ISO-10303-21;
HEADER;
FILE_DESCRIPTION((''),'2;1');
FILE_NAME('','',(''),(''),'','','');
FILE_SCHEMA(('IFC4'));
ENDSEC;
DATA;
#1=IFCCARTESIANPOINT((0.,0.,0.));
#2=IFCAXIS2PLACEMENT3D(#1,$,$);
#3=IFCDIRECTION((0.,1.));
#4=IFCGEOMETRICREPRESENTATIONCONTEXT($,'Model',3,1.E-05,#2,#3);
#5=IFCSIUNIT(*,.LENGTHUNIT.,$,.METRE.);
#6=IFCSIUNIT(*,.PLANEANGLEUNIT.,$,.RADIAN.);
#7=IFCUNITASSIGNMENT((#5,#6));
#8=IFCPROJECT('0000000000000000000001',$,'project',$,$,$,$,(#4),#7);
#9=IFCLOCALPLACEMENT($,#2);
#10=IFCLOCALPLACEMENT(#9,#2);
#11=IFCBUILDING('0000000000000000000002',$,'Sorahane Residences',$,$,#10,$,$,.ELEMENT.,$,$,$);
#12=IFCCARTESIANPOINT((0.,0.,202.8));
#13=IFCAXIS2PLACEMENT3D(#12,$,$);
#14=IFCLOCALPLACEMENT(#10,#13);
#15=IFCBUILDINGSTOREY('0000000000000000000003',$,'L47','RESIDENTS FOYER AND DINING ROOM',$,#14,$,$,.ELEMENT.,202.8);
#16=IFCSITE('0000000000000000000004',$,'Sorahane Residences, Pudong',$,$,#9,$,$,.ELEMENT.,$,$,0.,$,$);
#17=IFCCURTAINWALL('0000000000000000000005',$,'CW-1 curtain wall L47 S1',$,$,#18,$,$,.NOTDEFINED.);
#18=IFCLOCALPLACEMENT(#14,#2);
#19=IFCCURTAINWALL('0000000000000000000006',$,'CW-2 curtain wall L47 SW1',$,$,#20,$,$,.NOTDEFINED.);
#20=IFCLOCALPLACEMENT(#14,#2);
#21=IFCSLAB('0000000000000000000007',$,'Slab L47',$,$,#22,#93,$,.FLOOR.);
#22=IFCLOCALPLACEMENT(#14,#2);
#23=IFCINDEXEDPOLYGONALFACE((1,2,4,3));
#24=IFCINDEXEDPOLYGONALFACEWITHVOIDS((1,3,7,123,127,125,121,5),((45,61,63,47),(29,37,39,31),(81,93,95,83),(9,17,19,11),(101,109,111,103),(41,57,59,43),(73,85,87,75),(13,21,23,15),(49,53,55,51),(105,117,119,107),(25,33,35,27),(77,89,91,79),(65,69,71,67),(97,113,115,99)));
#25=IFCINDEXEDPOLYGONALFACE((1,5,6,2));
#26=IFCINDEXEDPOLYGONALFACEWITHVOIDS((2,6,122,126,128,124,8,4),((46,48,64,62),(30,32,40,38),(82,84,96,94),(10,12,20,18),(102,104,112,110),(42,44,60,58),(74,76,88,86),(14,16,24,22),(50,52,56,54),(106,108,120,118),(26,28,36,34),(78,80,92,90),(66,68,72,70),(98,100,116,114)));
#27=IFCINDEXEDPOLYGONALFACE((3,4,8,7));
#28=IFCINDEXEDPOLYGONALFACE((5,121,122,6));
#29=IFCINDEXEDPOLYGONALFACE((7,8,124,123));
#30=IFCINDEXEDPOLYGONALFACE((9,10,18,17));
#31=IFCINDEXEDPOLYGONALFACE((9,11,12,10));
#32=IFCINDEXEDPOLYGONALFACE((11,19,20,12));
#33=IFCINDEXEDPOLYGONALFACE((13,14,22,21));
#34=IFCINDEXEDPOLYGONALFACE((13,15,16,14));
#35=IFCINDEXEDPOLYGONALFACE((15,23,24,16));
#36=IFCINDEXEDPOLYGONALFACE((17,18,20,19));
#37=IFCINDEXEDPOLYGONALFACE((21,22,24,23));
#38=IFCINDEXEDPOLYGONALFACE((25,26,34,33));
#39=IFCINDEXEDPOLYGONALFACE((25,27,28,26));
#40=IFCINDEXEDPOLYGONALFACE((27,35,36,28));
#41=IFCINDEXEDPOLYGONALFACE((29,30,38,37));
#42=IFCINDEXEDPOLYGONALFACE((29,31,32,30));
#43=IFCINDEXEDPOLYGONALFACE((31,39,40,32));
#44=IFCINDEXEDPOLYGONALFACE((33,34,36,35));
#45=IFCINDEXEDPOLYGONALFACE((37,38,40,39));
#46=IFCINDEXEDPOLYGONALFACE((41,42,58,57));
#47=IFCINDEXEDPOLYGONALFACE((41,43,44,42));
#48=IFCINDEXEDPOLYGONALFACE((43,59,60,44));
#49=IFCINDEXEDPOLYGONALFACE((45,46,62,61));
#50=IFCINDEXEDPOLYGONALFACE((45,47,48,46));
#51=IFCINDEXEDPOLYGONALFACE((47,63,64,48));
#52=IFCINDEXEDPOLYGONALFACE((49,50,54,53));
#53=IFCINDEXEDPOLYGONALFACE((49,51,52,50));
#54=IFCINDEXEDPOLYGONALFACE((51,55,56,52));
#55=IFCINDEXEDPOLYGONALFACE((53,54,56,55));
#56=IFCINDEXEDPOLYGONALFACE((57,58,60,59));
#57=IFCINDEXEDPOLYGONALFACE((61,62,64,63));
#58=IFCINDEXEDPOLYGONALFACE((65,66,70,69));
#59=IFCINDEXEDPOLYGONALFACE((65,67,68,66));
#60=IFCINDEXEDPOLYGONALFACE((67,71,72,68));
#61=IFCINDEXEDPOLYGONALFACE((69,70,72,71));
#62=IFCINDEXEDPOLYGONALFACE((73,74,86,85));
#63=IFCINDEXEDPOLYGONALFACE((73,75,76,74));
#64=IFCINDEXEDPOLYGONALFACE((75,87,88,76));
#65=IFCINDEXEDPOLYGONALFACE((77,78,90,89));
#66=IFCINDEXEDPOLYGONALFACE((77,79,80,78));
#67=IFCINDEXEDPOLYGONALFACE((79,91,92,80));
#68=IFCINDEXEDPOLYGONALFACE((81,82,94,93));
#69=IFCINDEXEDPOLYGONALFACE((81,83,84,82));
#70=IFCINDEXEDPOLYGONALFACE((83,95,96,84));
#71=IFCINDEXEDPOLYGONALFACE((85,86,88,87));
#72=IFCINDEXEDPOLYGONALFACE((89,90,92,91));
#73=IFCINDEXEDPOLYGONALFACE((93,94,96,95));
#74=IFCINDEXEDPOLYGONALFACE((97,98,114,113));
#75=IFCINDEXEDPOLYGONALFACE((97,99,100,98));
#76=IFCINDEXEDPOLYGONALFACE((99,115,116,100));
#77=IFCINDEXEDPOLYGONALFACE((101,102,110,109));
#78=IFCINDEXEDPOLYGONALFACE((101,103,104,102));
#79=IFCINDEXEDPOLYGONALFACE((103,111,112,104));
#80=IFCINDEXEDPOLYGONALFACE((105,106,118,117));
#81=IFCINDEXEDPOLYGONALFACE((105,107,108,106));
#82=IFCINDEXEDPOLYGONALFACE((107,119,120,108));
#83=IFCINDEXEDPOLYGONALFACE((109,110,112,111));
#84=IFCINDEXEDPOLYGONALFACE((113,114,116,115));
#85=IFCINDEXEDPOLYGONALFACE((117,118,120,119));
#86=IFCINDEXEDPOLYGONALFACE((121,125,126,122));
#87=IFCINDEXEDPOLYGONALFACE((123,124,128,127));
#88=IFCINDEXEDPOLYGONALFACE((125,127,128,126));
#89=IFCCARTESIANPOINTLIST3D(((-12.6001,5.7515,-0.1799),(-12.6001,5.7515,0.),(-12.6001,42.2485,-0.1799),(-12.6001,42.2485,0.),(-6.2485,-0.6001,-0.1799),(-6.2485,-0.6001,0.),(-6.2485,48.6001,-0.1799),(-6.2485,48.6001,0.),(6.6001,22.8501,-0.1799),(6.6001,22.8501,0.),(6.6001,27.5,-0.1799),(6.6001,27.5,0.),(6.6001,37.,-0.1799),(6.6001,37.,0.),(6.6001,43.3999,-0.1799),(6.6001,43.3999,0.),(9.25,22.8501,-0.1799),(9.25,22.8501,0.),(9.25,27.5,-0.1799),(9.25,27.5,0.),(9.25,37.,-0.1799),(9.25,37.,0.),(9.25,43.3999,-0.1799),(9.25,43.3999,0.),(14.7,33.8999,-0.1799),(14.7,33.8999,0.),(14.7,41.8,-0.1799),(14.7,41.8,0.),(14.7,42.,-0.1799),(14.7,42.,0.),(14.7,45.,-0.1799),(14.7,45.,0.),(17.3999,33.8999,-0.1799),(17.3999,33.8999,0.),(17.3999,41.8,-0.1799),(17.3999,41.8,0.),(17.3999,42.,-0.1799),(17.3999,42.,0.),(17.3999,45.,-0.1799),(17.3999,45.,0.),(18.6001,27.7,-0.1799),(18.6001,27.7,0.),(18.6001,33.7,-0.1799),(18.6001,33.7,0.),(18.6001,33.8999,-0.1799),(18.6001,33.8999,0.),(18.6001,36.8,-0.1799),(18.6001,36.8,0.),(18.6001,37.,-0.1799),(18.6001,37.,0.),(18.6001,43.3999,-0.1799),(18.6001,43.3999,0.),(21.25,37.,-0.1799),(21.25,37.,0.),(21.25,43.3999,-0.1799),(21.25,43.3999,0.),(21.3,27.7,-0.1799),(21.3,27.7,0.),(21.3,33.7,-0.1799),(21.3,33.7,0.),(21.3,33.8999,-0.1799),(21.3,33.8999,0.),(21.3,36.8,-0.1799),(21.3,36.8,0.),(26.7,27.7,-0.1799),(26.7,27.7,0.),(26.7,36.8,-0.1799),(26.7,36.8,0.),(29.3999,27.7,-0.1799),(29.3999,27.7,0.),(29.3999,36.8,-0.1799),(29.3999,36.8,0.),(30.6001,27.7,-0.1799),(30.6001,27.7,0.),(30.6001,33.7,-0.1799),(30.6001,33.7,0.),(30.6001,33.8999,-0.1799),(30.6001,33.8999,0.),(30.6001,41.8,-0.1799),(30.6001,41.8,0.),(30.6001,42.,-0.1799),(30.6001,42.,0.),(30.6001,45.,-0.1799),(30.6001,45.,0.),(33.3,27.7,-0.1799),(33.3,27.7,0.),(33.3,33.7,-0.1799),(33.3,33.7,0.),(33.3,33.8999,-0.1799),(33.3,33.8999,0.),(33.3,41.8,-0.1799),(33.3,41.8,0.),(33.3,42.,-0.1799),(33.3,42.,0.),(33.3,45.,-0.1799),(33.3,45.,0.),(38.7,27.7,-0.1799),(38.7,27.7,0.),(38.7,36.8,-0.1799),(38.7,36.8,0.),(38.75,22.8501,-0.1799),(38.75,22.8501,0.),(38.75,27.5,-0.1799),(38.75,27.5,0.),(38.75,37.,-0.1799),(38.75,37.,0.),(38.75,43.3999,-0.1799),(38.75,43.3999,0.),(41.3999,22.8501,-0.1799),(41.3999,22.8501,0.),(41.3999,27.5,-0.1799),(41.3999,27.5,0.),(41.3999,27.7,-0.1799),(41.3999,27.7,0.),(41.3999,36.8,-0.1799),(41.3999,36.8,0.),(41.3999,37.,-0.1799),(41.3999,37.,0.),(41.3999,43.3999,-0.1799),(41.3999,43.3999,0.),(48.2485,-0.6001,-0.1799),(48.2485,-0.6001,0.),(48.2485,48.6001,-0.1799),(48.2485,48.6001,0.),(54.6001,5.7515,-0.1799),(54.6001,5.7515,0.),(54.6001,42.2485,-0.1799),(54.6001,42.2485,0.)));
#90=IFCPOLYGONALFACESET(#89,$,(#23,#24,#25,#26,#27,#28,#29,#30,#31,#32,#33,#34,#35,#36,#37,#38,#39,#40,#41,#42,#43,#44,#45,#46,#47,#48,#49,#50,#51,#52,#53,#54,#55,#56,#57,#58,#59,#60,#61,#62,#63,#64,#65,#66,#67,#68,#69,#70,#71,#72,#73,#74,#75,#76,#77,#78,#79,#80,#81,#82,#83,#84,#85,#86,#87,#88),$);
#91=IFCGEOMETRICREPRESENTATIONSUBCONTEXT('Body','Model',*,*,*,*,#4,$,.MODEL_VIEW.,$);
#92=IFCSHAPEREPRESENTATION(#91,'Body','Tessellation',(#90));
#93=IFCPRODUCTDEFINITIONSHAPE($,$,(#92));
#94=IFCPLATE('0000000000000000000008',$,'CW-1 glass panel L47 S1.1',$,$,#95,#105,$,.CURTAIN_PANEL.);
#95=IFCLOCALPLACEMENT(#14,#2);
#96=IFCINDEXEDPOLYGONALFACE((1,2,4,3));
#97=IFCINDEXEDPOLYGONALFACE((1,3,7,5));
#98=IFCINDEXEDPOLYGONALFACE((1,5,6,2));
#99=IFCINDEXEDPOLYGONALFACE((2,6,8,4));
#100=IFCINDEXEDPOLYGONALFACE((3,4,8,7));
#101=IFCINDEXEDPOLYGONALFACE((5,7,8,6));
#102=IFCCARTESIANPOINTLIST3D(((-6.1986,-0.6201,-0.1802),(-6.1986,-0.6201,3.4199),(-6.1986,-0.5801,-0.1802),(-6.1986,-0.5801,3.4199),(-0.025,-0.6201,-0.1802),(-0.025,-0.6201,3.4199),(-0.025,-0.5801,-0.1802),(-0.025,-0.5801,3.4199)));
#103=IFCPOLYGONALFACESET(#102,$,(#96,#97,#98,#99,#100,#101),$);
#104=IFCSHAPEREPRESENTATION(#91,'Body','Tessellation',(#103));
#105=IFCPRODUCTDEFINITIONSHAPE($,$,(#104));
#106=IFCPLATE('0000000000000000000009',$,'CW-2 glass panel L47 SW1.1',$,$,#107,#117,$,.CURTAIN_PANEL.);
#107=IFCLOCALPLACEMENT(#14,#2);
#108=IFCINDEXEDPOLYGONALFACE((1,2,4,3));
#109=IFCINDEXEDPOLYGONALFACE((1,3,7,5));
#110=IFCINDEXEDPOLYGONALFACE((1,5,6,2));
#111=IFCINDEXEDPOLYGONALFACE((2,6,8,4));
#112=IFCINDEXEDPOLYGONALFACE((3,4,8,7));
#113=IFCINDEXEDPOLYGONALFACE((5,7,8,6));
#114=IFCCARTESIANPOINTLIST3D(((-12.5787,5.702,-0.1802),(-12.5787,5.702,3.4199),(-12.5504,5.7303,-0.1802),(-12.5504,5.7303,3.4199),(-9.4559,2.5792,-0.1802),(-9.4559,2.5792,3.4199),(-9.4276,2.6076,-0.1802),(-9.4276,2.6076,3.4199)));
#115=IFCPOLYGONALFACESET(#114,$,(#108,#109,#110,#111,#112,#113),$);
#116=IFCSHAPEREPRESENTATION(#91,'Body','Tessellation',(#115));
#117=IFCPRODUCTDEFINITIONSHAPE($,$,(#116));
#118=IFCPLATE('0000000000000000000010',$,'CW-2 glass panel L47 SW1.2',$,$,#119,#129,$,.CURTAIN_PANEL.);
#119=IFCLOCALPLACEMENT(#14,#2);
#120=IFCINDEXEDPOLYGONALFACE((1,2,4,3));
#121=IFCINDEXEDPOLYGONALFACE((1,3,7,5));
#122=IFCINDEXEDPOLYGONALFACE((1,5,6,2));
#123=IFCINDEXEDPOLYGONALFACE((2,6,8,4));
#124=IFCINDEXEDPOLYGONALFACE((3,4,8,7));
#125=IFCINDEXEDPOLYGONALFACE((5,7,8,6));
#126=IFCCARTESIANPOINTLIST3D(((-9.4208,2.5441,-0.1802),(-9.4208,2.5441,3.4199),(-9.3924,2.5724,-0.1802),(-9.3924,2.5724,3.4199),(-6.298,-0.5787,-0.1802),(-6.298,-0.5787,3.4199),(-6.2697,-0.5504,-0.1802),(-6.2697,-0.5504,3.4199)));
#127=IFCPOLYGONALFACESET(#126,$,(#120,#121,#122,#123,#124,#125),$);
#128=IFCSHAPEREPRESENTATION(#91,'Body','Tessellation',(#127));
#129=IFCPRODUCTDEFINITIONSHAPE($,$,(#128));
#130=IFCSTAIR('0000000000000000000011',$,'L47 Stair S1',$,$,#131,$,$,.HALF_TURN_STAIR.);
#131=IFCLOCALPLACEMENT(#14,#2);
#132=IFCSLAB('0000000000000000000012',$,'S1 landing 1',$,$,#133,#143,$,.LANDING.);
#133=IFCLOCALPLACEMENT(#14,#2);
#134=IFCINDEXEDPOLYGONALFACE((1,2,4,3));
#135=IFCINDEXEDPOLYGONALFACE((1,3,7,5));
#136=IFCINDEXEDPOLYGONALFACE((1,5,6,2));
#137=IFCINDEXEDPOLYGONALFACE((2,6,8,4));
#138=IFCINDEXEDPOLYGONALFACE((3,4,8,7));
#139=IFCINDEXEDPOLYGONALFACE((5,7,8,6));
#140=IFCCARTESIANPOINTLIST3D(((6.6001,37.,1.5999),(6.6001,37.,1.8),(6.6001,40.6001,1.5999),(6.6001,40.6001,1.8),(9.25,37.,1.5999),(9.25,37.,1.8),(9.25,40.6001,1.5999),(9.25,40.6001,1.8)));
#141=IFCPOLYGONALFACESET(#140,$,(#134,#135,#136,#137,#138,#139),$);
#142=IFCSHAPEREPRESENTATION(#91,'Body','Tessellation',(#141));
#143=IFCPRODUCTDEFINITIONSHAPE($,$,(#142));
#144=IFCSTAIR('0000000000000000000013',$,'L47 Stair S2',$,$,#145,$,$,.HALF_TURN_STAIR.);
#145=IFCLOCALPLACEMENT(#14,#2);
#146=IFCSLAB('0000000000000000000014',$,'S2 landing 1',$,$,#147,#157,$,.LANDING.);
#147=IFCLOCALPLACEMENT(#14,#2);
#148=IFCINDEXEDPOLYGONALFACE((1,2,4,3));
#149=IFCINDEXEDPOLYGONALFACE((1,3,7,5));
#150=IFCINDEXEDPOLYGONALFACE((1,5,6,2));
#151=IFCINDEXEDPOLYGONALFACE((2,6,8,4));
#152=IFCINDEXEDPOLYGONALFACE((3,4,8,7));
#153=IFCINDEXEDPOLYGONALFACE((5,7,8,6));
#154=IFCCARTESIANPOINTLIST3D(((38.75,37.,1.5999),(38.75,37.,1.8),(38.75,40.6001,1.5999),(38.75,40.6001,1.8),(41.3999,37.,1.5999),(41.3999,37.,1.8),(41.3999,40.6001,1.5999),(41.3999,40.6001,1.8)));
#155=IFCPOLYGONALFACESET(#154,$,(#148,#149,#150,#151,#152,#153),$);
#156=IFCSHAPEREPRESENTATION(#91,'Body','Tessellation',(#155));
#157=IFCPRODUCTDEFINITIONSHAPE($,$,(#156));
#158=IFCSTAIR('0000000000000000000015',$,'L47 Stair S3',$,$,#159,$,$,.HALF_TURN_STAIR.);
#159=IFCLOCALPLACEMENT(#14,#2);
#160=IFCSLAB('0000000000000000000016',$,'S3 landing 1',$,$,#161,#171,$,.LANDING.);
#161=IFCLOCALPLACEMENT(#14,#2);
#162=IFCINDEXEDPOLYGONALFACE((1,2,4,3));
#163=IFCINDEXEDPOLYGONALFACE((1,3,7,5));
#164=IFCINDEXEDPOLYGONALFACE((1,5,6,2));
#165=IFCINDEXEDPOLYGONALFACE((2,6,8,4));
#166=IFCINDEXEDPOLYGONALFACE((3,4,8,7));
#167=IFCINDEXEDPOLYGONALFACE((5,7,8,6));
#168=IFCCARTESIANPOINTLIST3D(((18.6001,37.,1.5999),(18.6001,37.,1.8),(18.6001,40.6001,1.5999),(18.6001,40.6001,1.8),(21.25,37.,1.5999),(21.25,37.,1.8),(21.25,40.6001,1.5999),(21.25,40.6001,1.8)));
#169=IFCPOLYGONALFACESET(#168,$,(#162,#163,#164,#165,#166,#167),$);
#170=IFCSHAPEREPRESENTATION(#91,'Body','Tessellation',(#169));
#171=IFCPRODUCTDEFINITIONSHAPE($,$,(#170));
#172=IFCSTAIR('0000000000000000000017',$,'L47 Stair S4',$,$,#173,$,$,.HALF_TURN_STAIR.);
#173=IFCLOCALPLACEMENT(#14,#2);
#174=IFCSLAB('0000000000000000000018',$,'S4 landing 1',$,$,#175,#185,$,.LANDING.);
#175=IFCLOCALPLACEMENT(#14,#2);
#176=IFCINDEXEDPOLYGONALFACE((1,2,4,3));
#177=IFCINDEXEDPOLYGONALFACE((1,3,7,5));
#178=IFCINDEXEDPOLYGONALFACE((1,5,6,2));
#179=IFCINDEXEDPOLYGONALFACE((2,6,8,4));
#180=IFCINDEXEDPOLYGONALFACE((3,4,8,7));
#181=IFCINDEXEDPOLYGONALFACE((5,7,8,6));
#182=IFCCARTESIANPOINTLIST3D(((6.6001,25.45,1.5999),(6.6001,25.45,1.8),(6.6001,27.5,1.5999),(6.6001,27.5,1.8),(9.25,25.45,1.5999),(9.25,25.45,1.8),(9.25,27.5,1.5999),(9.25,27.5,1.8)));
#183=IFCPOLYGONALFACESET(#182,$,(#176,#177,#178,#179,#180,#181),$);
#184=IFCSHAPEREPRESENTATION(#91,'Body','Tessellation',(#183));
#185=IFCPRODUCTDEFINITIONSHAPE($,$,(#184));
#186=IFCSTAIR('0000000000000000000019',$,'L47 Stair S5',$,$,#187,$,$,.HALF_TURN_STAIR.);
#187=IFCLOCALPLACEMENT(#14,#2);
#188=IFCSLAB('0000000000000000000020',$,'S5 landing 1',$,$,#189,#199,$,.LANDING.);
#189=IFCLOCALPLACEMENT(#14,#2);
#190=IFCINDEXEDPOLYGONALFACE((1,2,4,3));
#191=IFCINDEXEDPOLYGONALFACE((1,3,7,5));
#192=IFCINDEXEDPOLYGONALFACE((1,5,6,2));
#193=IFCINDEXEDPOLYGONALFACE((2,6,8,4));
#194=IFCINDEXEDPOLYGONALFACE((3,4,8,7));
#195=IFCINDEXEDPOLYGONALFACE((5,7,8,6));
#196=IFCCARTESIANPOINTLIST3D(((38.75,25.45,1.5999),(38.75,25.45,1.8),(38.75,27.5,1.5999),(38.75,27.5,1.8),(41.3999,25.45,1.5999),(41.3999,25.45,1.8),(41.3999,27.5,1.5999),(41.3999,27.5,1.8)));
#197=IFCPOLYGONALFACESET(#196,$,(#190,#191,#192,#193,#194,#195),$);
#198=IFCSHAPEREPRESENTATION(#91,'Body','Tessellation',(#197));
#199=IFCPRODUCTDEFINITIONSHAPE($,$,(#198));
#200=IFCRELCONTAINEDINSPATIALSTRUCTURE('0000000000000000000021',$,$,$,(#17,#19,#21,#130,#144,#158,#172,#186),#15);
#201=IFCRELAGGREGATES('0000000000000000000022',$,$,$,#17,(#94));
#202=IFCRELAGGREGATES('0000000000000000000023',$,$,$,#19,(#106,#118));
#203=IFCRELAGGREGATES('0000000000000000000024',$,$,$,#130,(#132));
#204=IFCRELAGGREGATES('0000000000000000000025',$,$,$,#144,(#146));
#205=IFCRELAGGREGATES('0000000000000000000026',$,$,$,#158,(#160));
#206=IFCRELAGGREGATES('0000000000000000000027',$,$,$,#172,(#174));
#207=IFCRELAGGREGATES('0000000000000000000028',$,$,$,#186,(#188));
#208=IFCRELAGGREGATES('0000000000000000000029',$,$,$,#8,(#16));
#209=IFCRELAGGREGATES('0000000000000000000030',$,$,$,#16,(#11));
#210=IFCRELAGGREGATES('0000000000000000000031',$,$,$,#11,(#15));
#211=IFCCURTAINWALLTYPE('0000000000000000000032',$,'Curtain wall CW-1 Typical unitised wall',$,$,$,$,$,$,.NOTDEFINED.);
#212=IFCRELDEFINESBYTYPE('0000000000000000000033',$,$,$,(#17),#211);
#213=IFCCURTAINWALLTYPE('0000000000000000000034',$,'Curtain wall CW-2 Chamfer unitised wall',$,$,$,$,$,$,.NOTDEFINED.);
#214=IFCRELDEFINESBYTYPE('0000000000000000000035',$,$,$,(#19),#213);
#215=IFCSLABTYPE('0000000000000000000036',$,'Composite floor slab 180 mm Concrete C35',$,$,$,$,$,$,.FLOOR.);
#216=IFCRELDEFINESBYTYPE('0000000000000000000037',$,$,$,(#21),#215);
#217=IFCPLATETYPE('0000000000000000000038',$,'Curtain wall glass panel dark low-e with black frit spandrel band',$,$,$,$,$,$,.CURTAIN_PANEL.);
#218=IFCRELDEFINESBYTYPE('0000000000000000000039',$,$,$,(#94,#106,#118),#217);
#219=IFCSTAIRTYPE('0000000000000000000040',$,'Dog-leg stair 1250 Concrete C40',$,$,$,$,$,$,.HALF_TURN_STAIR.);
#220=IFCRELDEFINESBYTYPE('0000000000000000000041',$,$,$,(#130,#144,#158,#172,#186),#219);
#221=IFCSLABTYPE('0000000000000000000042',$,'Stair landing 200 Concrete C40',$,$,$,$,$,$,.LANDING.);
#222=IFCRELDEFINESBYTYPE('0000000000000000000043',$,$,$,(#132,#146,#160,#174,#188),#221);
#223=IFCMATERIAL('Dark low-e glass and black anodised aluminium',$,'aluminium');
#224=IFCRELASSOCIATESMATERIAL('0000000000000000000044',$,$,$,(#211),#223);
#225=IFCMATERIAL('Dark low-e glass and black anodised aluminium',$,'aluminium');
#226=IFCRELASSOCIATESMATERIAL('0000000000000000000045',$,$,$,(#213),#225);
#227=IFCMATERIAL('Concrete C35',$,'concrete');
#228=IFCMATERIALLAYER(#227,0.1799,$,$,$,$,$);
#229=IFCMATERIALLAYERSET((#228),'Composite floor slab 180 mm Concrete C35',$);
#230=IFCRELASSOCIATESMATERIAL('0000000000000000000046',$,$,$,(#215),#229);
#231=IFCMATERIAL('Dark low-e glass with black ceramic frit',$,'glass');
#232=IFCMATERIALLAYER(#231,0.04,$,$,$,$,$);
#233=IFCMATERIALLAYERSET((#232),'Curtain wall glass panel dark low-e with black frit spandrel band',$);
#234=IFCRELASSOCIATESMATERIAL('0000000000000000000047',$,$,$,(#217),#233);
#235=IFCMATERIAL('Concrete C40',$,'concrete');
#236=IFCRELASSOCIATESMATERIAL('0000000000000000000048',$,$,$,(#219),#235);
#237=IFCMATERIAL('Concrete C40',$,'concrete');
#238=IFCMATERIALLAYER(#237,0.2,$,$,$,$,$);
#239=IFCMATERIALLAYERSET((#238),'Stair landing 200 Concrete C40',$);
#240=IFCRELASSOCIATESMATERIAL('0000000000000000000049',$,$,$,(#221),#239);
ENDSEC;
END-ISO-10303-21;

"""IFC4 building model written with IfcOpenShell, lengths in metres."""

from ifc_helpers import new_model, si_unit, direction, frame, origin, origin_2d, place, context, subcontext, project, spatial, polyline, rectangle, outline, extrude, material, layer, layer_set, type_object, element, aggregate, save


model = new_model("IFC4")

# Units and contexts
model_context = context("Model", 3, precision=1e-05, world=origin(), true_north=direction((0.0, 1.0)))
body_context = subcontext(model_context, "Body", "Model", "MODEL_VIEW")
ifc_project = project(units=[si_unit("LENGTHUNIT", "METRE"), si_unit("PLANEANGLEUNIT", "RADIAN")], contexts=[model_context])

# Site, building, storey
site_placement = place(None, origin())
site = spatial("IfcSite", under=ifc_project, at=site_placement, Name="Sorahane Residences, Pudong", CompositionType="ELEMENT", RefElevation=0.0)
building_placement = place(site_placement, origin())
building = spatial("IfcBuilding", under=site, at=building_placement, Name="Sorahane Residences", CompositionType="ELEMENT")
storey_placement = place(building_placement, frame((0.0, 0.0, 202.8)))
storey = spatial("IfcBuildingStorey", under=building, at=storey_placement, Name="L47", Description="RESIDENTS FOYER AND DINING ROOM", CompositionType="ELEMENT", Elevation=202.8)

# Curtain wall
ifc_material_1 = material(Name="Dark low-e glass and black anodised aluminium", Category="aluminium")
curtain_wall_type_1 = type_object("IfcCurtainWallType", Name="Curtain wall CW-1 Typical unitised wall", PredefinedType="NOTDEFINED", material=ifc_material_1)
curtain_wall_1_placement = place(storey_placement, origin())
curtain_wall_1 = element("IfcCurtainWall", 1, at=curtain_wall_1_placement, inside=storey, type_object=curtain_wall_type_1, Name="CW-1 curtain wall L47 S1", PredefinedType="NOTDEFINED")

# Curtain wall
ifc_material_2 = material(Name="Dark low-e glass and black anodised aluminium", Category="aluminium")
curtain_wall_type_2 = type_object("IfcCurtainWallType", Name="Curtain wall CW-2 Chamfer unitised wall", PredefinedType="NOTDEFINED", material=ifc_material_2)
curtain_wall_2_placement = place(storey_placement, origin())
curtain_wall_2 = element("IfcCurtainWall", 2, at=curtain_wall_2_placement, inside=storey, type_object=curtain_wall_type_2, Name="CW-2 curtain wall L47 SW1", PredefinedType="NOTDEFINED")

# Slab
ifc_material_3 = material(Name="Concrete C35", Category="concrete")
ifc_layer_1 = layer(ifc_material_3, 0.1799)
ifc_layer_set_1 = layer_set([ifc_layer_1], Name="Composite floor slab 180 mm Concrete C35")
slab_type_1 = type_object("IfcSlabType", Name="Composite floor slab 180 mm Concrete C35", PredefinedType="FLOOR", material=ifc_layer_set_1)
slab_1_placement = place(storey_placement, frame((0.0, 0.0, -0.1799)))
element("IfcSlab", 3, at=slab_1_placement, inside=storey, type_object=slab_type_1, Name="Slab L47", PredefinedType="FLOOR", context=body_context, shape_type="SweptSolid", body=[
    extrude(outline(polyline([(-6.2485, -0.6001), (-12.6001, 5.7515), (-12.6001, 42.2485), (-6.2485, 48.6001), (48.2485, 48.6001), (54.6001, 42.2485), (54.6001, 5.7515), (48.2485, -0.6001), (-6.2485, -0.6001)]), holes=[polyline([(18.6001, 27.7), (21.3, 27.7), (21.3, 33.7), (18.6001, 33.7), (18.6001, 27.7)]), polyline([(38.7, 27.7), (41.3999, 27.7), (41.3999, 36.8), (38.7, 36.8), (38.7, 27.7)]), polyline([(30.6001, 27.7), (33.3, 27.7), (33.3, 33.7), (30.6001, 33.7), (30.6001, 27.7)]), polyline([(30.6001, 42.0), (33.3, 42.0), (33.3, 45.0), (30.6001, 45.0), (30.6001, 42.0)]), polyline([(14.7, 42.0), (17.3999, 42.0), (17.3999, 45.0), (14.7, 45.0), (14.7, 42.0)]), polyline([(6.6001, 43.3999), (6.6001, 37.0), (9.25, 37.0), (9.25, 43.3999), (6.6001, 43.3999)]), polyline([(38.75, 43.3999), (38.75, 37.0), (41.3999, 37.0), (41.3999, 43.3999), (38.75, 43.3999)]), polyline([(18.6001, 43.3999), (18.6001, 37.0), (21.25, 37.0), (21.25, 43.3999), (18.6001, 43.3999)]), polyline([(9.25, 22.8501), (9.25, 27.5), (6.6001, 27.5), (6.6001, 22.8501), (9.25, 22.8501)]), polyline([(41.3999, 22.8501), (41.3999, 27.5), (38.75, 27.5), (38.75, 22.8501), (41.3999, 22.8501)]), polyline([(14.7, 33.8999), (17.3999, 33.8999), (17.3999, 41.8), (14.7, 41.8), (14.7, 33.8999)]), polyline([(30.6001, 33.8999), (33.3, 33.8999), (33.3, 41.8), (30.6001, 41.8), (30.6001, 33.8999)]), polyline([(18.6001, 33.8999), (21.3, 33.8999), (21.3, 36.8), (18.6001, 36.8), (18.6001, 33.8999)]), polyline([(26.7, 27.7), (29.3999, 27.7), (29.3999, 36.8), (26.7, 36.8), (26.7, 27.7)])]), origin(), (0.0, 0.0, 1.0), 0.1799),
])

# Plates
ifc_material_4 = material(Name="Dark low-e glass with black ceramic frit", Category="glass")
ifc_layer_2 = layer(ifc_material_4, 0.04)
ifc_layer_set_2 = layer_set([ifc_layer_2], Name="Curtain wall glass panel dark low-e with black frit spandrel band")
plate_type = type_object("IfcPlateType", Name="Curtain wall glass panel dark low-e with black frit spandrel band", PredefinedType="CURTAIN_PANEL", material=ifc_layer_set_2)
plate_1_placement = place(storey_placement, frame((-3.1118, -0.6001, -0.1802), z_axis=(0.0, 0.0, 1.0), x_axis=(1.0, 0.0, 0.0)))
plate_1 = element("IfcPlate", 4, at=plate_1_placement, type_object=plate_type, Name="CW-1 glass panel L47 S1.1", PredefinedType="CURTAIN_PANEL", context=body_context, shape_type="SweptSolid", body=[
    extrude(rectangle(XDim=6.1736, YDim=0.04, at=origin_2d()), origin(), (0.0, 0.0, 1.0), 3.6001),
])
aggregate(curtain_wall_1, [plate_1])
plate_2_placement = place(storey_placement, frame((-11.0032, 4.1548, -0.1802), z_axis=(0.0, 0.0, 1.0), x_axis=(0.707107, -0.707107, 0.0)))
plate_2 = element("IfcPlate", 5, at=plate_2_placement, type_object=plate_type, Name="CW-2 glass panel L47 SW1.1", PredefinedType="CURTAIN_PANEL", context=body_context, shape_type="SweptSolid", body=[
    extrude(rectangle(XDim=4.4163, YDim=0.04, at=origin_2d()), origin(), (0.0, 0.0, 1.0), 3.6001),
])
plate_3_placement = place(storey_placement, frame((-7.8452, 0.9968, -0.1802), z_axis=(0.0, 0.0, 1.0), x_axis=(0.707107, -0.707107, 0.0)))
plate_3 = element("IfcPlate", 6, at=plate_3_placement, type_object=plate_type, Name="CW-2 glass panel L47 SW1.2", PredefinedType="CURTAIN_PANEL", context=body_context, shape_type="SweptSolid", body=[
    extrude(rectangle(XDim=4.4163, YDim=0.04, at=origin_2d()), origin(), (0.0, 0.0, 1.0), 3.6001),
])
aggregate(curtain_wall_2, [plate_2, plate_3])

# Stairs, slabs
ifc_material_5 = material(Name="Concrete C40", Category="concrete")
stair_type = type_object("IfcStairType", Name="Dog-leg stair 1250 Concrete C40", PredefinedType="HALF_TURN_STAIR", material=ifc_material_5)
stair_1_placement = place(storey_placement, origin())
stair_1 = element("IfcStair", 7, at=stair_1_placement, inside=storey, type_object=stair_type, Name="L47 Stair S1", PredefinedType="HALF_TURN_STAIR")
ifc_material_6 = material(Name="Concrete C40", Category="concrete")
ifc_layer_3 = layer(ifc_material_6, 0.2)
ifc_layer_set_3 = layer_set([ifc_layer_3], Name="Stair landing 200 Concrete C40")
slab_type_2 = type_object("IfcSlabType", Name="Stair landing 200 Concrete C40", PredefinedType="LANDING", material=ifc_layer_set_3)
slab_2_placement = place(storey_placement, frame((0.0, 0.0, 1.5999)))
slab_2 = element("IfcSlab", 8, at=slab_2_placement, type_object=slab_type_2, Name="S1 landing 1", PredefinedType="LANDING", context=body_context, shape_type="SweptSolid", body=[
    extrude(outline(polyline([(6.6001, 40.6001), (6.6001, 37.0), (9.25, 37.0), (9.25, 40.6001), (6.6001, 40.6001)])), origin(), (0.0, 0.0, 1.0), 0.2002),
])
aggregate(stair_1, [slab_2])
stair_2_placement = place(storey_placement, origin())
stair_2 = element("IfcStair", 9, at=stair_2_placement, inside=storey, type_object=stair_type, Name="L47 Stair S2", PredefinedType="HALF_TURN_STAIR")
slab_3_placement = place(storey_placement, frame((0.0, 0.0, 1.5999)))
slab_3 = element("IfcSlab", 10, at=slab_3_placement, type_object=slab_type_2, Name="S2 landing 1", PredefinedType="LANDING", context=body_context, shape_type="SweptSolid", body=[
    extrude(outline(polyline([(38.75, 40.6001), (38.75, 37.0), (41.3999, 37.0), (41.3999, 40.6001), (38.75, 40.6001)])), origin(), (0.0, 0.0, 1.0), 0.2002),
])
aggregate(stair_2, [slab_3])
stair_3_placement = place(storey_placement, origin())
stair_3 = element("IfcStair", 11, at=stair_3_placement, inside=storey, type_object=stair_type, Name="L47 Stair S3", PredefinedType="HALF_TURN_STAIR")
slab_4_placement = place(storey_placement, frame((0.0, 0.0, 1.5999)))
slab_4 = element("IfcSlab", 12, at=slab_4_placement, type_object=slab_type_2, Name="S3 landing 1", PredefinedType="LANDING", context=body_context, shape_type="SweptSolid", body=[
    extrude(outline(polyline([(18.6001, 40.6001), (18.6001, 37.0), (21.25, 37.0), (21.25, 40.6001), (18.6001, 40.6001)])), origin(), (0.0, 0.0, 1.0), 0.2002),
])
aggregate(stair_3, [slab_4])
stair_4_placement = place(storey_placement, origin())
stair_4 = element("IfcStair", 13, at=stair_4_placement, inside=storey, type_object=stair_type, Name="L47 Stair S4", PredefinedType="HALF_TURN_STAIR")
slab_5_placement = place(storey_placement, frame((0.0, 0.0, 1.5999)))
slab_5 = element("IfcSlab", 14, at=slab_5_placement, type_object=slab_type_2, Name="S4 landing 1", PredefinedType="LANDING", context=body_context, shape_type="SweptSolid", body=[
    extrude(outline(polyline([(9.25, 25.45), (9.25, 27.5), (6.6001, 27.5), (6.6001, 25.45), (9.25, 25.45)])), origin(), (0.0, 0.0, 1.0), 0.2002),
])
aggregate(stair_4, [slab_5])
stair_5_placement = place(storey_placement, origin())
stair_5 = element("IfcStair", 15, at=stair_5_placement, inside=storey, type_object=stair_type, Name="L47 Stair S5", PredefinedType="HALF_TURN_STAIR")
slab_6_placement = place(storey_placement, frame((0.0, 0.0, 1.5999)))
slab_6 = element("IfcSlab", 16, at=slab_6_placement, type_object=slab_type_2, Name="S5 landing 1", PredefinedType="LANDING", context=body_context, shape_type="SweptSolid", body=[
    extrude(outline(polyline([(41.3999, 25.45), (41.3999, 27.5), (38.75, 27.5), (38.75, 25.45), (41.3999, 25.45)])), origin(), (0.0, 0.0, 1.0), 0.2002),
])
aggregate(stair_5, [slab_6])

save(model, "model.ifc")
